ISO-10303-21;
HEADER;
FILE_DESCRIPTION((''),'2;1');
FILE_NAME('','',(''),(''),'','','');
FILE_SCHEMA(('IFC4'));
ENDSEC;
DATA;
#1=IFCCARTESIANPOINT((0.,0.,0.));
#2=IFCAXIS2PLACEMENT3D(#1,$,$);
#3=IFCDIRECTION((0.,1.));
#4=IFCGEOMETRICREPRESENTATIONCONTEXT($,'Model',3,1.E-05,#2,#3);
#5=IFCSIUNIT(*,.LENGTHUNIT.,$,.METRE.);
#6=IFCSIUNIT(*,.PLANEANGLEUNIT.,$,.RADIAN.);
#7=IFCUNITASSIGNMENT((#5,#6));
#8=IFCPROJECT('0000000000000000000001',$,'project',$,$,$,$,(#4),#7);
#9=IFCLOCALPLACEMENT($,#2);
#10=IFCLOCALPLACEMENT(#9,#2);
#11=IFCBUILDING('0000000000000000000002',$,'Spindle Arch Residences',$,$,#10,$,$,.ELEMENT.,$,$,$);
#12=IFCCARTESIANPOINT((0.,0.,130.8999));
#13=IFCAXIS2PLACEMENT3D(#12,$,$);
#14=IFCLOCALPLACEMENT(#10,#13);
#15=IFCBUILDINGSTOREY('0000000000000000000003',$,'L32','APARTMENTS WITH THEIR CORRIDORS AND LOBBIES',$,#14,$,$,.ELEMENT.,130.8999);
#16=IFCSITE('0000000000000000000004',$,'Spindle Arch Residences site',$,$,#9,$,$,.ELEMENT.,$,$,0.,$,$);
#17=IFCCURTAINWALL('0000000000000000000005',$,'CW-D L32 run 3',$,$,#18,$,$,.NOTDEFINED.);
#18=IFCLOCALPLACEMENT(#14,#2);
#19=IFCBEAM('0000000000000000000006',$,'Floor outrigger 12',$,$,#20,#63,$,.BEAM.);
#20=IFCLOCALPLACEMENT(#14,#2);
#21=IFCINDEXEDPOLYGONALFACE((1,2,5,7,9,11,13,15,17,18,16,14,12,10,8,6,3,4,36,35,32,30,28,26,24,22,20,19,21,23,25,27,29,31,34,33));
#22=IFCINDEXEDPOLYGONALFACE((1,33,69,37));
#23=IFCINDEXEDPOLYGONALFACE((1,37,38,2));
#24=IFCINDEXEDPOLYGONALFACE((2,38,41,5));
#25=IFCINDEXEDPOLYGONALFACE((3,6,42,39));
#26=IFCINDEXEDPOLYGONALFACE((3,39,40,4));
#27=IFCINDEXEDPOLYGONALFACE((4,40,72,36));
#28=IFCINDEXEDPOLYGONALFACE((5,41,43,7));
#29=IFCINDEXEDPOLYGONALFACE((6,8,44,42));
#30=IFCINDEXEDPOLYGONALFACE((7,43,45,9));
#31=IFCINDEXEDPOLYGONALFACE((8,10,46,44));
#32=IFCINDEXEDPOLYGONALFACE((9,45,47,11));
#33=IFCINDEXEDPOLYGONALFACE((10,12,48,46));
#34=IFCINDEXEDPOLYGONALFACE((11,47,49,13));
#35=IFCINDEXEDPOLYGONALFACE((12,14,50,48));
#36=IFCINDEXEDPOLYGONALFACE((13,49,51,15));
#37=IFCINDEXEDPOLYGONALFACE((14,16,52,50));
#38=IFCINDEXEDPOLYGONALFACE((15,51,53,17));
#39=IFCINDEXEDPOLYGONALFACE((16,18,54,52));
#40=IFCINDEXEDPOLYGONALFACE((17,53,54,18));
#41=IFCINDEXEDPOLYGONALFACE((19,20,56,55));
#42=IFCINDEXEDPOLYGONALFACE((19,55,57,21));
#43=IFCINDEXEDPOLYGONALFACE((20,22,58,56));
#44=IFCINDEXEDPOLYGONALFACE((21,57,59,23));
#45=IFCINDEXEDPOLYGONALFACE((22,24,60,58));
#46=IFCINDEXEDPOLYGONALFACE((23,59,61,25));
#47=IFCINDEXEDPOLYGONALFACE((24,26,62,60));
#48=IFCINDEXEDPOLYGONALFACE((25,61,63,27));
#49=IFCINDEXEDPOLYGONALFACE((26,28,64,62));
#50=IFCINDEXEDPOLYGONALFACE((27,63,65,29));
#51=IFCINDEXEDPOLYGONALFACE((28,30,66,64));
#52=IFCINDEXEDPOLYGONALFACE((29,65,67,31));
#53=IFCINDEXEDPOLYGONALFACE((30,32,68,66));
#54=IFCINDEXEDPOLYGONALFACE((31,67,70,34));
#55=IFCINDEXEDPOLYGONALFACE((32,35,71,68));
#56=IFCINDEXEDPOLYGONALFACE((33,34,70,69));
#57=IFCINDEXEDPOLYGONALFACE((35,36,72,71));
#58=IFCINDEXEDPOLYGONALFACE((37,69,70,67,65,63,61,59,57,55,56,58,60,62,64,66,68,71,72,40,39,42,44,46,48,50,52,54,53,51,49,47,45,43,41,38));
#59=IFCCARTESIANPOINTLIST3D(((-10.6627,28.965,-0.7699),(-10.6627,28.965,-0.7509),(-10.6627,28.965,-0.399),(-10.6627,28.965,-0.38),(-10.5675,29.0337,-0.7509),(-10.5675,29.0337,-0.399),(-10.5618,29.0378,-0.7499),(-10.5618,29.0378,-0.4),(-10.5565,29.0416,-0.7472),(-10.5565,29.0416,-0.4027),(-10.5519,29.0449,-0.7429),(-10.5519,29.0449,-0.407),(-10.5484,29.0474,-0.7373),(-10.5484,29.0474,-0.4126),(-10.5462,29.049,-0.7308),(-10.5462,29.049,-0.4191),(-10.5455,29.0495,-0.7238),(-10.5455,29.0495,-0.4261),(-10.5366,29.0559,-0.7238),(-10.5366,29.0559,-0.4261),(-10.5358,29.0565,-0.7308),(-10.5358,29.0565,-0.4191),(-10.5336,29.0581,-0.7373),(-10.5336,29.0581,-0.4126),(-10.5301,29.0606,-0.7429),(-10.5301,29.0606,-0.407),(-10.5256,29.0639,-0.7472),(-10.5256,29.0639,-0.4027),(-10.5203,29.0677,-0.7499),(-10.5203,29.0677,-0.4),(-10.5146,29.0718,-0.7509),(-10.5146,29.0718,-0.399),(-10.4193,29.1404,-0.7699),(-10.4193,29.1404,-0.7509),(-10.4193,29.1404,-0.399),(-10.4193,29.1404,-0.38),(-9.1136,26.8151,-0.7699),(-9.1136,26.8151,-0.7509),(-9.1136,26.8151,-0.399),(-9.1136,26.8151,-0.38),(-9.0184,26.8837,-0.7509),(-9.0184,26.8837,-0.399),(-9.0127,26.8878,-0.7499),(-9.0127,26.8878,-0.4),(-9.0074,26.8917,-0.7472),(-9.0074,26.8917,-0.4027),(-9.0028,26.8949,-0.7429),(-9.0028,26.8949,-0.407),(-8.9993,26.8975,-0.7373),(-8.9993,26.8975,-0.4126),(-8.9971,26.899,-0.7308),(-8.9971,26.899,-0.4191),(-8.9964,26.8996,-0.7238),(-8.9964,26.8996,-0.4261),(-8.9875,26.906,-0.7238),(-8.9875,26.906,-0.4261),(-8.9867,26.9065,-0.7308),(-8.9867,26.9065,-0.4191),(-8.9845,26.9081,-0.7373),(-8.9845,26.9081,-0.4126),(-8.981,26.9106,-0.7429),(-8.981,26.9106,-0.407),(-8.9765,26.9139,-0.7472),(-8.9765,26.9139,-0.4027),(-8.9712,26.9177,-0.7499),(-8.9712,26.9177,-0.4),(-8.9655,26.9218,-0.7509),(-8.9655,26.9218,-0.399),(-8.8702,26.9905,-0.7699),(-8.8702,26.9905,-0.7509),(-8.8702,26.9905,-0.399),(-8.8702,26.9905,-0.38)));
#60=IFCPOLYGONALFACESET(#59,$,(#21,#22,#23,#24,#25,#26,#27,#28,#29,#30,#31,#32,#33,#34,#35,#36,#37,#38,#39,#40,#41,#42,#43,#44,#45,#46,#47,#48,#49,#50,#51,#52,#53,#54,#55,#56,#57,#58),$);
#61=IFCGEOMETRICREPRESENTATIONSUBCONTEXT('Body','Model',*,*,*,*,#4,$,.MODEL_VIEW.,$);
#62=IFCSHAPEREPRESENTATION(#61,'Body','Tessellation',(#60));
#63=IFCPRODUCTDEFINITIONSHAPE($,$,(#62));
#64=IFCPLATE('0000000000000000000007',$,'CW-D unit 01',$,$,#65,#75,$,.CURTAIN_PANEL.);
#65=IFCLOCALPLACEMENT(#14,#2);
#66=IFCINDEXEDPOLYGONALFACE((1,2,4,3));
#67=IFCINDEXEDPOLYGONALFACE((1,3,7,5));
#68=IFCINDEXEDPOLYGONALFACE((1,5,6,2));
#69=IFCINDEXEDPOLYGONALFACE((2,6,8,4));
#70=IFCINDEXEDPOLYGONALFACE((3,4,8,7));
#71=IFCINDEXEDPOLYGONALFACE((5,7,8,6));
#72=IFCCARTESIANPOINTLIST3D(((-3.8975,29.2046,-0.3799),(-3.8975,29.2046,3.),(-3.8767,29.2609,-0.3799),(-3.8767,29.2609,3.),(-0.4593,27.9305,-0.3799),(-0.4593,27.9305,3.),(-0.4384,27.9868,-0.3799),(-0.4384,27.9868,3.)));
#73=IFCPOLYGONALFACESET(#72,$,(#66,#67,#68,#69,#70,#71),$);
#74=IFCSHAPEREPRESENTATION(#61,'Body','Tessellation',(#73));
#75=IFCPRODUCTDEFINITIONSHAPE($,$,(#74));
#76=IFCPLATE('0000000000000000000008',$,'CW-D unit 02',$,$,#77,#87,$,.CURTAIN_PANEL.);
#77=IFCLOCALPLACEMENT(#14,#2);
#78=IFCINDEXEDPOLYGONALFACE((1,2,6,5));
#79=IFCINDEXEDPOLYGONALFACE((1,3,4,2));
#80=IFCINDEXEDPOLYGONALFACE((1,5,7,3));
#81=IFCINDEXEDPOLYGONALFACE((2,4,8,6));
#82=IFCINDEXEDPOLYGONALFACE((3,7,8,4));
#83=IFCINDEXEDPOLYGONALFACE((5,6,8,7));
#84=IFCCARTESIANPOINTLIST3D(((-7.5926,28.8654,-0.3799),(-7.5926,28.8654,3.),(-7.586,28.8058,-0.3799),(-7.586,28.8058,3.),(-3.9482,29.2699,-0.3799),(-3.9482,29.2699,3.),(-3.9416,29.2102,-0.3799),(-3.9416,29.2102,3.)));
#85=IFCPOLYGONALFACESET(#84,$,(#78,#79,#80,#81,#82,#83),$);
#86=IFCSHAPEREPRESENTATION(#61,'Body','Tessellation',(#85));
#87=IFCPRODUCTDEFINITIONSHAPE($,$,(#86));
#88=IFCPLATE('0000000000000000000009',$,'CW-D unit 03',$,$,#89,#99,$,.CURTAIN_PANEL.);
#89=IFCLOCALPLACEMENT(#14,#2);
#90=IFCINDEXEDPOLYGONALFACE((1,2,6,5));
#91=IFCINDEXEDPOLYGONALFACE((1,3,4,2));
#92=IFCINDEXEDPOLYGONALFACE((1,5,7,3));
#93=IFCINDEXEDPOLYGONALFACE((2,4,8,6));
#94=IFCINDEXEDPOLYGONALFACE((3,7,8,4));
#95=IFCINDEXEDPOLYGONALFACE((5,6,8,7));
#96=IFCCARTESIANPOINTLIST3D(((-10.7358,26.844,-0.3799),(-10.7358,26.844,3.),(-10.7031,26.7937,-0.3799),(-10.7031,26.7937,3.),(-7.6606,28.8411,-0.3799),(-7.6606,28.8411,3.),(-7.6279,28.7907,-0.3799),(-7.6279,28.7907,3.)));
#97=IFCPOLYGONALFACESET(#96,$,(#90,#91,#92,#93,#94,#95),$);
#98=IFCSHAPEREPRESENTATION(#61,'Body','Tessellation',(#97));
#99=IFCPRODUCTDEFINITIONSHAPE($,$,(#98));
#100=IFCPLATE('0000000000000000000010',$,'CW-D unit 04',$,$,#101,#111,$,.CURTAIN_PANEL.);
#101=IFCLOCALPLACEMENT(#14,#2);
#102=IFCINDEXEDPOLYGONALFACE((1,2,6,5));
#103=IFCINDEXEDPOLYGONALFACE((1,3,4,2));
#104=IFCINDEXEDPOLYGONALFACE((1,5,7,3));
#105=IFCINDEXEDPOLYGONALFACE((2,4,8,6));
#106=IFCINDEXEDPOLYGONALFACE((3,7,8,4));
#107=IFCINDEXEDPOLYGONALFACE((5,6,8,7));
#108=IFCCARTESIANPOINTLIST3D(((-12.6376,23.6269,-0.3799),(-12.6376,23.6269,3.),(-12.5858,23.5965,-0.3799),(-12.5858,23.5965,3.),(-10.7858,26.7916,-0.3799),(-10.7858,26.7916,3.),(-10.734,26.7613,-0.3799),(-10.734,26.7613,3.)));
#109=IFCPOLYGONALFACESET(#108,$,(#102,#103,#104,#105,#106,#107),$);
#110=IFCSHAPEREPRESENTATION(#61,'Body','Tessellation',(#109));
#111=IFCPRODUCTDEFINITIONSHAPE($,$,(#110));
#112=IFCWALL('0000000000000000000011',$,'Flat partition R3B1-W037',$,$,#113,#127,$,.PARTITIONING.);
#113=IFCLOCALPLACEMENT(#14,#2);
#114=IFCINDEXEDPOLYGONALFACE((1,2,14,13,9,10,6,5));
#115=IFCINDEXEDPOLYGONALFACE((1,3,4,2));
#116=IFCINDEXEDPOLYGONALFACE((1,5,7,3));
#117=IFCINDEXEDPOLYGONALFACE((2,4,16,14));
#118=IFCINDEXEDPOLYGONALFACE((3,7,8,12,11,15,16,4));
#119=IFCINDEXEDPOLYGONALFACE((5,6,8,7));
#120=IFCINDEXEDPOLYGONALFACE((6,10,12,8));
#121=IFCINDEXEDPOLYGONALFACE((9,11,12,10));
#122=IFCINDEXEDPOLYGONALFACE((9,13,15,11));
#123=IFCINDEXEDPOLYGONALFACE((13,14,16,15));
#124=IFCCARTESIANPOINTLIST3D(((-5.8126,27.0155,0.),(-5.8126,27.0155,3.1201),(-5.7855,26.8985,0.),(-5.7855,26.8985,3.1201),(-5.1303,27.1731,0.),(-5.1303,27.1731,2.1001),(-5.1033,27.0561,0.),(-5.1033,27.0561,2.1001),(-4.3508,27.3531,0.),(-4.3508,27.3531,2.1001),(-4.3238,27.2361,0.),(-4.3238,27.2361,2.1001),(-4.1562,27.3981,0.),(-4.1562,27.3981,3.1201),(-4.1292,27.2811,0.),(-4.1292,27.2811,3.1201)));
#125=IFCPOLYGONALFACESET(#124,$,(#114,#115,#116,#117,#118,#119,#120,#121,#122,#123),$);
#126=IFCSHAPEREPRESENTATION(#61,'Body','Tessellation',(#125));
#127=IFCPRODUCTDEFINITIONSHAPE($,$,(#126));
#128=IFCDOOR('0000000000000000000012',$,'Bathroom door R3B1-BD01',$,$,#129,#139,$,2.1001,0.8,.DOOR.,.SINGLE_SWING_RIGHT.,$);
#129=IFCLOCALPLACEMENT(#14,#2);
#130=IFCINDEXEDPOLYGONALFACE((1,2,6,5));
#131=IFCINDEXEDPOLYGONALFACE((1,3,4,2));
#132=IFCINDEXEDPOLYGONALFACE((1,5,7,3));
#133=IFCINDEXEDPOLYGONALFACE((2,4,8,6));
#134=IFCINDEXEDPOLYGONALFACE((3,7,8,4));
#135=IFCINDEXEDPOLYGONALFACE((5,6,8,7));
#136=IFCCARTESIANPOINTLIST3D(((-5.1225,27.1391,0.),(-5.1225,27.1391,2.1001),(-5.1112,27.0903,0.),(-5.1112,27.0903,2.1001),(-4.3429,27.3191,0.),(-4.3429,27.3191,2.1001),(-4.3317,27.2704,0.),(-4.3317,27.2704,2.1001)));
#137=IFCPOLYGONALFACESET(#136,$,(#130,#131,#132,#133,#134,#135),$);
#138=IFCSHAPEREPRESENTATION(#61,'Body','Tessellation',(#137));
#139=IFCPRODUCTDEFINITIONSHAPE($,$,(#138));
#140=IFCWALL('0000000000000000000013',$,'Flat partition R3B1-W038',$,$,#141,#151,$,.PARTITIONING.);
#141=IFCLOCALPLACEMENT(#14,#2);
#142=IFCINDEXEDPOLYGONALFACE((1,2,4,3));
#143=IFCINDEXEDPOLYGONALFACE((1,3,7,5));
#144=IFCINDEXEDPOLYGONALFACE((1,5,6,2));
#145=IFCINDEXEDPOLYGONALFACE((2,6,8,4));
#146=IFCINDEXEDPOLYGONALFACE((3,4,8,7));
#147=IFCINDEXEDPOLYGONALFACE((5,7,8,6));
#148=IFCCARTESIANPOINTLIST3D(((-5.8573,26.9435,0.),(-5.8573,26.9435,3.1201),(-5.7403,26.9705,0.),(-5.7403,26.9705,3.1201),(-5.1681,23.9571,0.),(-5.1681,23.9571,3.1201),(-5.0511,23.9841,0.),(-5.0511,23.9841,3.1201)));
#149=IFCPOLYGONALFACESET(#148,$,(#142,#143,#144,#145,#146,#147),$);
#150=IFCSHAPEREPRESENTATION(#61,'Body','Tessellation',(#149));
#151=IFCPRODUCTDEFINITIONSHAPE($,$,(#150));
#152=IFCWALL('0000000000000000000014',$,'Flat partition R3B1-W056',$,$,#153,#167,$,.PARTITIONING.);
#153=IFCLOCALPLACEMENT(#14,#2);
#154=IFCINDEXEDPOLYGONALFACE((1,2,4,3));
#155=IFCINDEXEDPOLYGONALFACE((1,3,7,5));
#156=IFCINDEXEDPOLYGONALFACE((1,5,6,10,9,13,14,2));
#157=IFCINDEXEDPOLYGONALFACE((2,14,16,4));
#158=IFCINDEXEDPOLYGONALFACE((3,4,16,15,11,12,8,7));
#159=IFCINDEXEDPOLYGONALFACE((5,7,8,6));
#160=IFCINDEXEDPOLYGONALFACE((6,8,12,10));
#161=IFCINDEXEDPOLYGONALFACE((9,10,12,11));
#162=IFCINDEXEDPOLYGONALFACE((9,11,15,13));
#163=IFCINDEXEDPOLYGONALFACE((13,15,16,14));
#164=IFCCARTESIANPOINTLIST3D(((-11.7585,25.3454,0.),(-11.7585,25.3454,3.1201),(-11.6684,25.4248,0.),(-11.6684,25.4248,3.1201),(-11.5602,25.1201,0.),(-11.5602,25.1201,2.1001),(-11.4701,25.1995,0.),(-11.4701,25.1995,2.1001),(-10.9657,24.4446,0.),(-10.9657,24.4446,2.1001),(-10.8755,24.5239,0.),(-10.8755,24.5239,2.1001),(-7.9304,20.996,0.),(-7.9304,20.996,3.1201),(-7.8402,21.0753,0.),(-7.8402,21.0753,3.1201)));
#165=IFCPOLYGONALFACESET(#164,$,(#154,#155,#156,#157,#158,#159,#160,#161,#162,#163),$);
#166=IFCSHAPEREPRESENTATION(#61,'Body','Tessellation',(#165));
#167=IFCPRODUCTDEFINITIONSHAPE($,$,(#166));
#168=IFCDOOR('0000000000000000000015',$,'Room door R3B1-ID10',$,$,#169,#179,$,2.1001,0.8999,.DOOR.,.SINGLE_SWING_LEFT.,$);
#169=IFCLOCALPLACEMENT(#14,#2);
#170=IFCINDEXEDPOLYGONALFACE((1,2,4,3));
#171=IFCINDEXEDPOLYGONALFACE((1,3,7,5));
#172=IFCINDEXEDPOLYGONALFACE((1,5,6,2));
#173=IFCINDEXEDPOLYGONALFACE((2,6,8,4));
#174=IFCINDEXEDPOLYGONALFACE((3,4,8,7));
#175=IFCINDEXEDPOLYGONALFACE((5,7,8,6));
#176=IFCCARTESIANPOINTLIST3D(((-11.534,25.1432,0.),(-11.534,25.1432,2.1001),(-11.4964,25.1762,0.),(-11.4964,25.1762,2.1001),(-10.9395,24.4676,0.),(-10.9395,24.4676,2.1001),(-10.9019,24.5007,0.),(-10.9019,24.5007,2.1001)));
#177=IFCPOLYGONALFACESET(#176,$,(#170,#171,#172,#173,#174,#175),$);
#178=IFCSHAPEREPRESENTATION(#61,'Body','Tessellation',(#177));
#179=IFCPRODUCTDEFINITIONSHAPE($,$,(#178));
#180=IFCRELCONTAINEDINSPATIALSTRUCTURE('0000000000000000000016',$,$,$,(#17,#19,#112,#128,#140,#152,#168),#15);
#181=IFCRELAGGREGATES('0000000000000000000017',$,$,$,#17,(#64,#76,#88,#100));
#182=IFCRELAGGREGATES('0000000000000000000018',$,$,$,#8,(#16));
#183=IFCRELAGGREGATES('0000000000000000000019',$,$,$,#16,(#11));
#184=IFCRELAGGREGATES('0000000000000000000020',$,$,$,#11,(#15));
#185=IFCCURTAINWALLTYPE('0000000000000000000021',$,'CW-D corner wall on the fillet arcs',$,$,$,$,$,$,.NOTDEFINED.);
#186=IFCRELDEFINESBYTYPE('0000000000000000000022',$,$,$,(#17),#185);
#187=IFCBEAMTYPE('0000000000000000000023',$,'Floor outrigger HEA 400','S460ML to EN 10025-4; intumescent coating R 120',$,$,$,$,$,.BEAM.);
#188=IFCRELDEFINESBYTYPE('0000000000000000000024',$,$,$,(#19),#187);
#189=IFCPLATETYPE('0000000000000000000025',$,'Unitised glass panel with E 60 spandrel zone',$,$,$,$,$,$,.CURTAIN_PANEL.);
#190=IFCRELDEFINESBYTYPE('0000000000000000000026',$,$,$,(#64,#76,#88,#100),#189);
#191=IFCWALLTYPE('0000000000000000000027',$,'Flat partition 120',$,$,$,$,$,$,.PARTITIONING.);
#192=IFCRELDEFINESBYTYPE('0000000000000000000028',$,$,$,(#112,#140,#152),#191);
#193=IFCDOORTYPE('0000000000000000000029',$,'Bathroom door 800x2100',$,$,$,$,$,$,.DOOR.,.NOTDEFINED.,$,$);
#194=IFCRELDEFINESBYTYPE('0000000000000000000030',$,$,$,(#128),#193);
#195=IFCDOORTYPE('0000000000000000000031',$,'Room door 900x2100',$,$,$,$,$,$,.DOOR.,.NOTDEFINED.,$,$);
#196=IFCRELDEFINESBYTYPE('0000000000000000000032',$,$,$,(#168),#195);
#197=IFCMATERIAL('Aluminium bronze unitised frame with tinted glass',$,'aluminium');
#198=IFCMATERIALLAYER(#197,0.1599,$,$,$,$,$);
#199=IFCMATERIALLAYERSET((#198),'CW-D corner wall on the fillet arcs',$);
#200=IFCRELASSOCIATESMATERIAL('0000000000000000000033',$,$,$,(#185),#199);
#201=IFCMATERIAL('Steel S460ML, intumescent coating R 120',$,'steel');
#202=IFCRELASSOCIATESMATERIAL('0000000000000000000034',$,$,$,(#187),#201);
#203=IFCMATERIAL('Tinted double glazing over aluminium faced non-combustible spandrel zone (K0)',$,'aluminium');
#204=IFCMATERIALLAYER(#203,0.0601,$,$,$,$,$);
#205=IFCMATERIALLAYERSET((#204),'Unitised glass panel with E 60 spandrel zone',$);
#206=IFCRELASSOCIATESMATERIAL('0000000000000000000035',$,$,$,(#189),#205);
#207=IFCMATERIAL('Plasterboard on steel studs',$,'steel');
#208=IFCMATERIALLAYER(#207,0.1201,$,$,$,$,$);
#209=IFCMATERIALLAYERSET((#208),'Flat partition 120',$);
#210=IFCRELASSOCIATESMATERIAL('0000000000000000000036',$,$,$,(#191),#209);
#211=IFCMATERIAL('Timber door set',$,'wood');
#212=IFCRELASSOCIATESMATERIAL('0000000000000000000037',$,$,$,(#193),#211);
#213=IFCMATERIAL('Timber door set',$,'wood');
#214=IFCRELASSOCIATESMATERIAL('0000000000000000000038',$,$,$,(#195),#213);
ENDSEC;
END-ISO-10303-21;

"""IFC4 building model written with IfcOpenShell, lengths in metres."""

from ifc_helpers import new_model, si_unit, direction, frame, frame_2d, origin, origin_2d, place, context, subcontext, project, spatial, rectangle, i_section, extrude, material, layer, layer_set, material_profile, profile_set, type_object, element, fill, aggregate, save


model = new_model("IFC4")

# Units and contexts
model_context = context("Model", 3, precision=1e-05, world=origin(), true_north=direction((0.0, 1.0)))
body_context = subcontext(model_context, "Body", "Model", "MODEL_VIEW")
ifc_project = project(units=[si_unit("LENGTHUNIT", "METRE"), si_unit("PLANEANGLEUNIT", "RADIAN")], contexts=[model_context])

# Site, building, storey
site_placement = place(None, origin())
site = spatial("IfcSite", under=ifc_project, at=site_placement, Name="Spindle Arch Residences site", CompositionType="ELEMENT", RefElevation=0.0)
building_placement = place(site_placement, origin())
building = spatial("IfcBuilding", under=site, at=building_placement, Name="Spindle Arch Residences", CompositionType="ELEMENT")
storey_placement = place(building_placement, frame((0.0, 0.0, 130.8999)))
storey = spatial("IfcBuildingStorey", under=building, at=storey_placement, Name="L32", Description="APARTMENTS WITH THEIR CORRIDORS AND LOBBIES", CompositionType="ELEMENT", Elevation=130.8999)

# Curtain wall
ifc_material_1 = material(Name="Aluminium bronze unitised frame with tinted glass", Category="aluminium")
ifc_layer_1 = layer(ifc_material_1, 0.1599)
ifc_layer_set_1 = layer_set([ifc_layer_1], Name="CW-D corner wall on the fillet arcs")
curtain_wall_type = type_object("IfcCurtainWallType", Name="CW-D corner wall on the fillet arcs", PredefinedType="NOTDEFINED", material=ifc_layer_set_1)
curtain_wall_placement = place(storey_placement, origin())
curtain_wall = element("IfcCurtainWall", 1, at=curtain_wall_placement, inside=storey, type_object=curtain_wall_type, Name="CW-D L32 run 3", PredefinedType="NOTDEFINED")

# Beam
ifc_material_2 = material(Name="Steel S460ML, intumescent coating R 120", Category="steel")
ifc_material_profile_1 = material_profile(ifc_material_2, i_section(OverallWidth=0.3, OverallDepth=0.3899, WebThickness=0.011, FlangeThickness=0.019, FilletRadius=0.0271, at=origin_2d()), Name="HEA 400")
ifc_profile_set_1 = profile_set([ifc_material_profile_1], Name="Steel S460ML, intumescent coating R 120")
beam_type_1 = type_object("IfcBeamType", Name="Floor outrigger HEA 400", Description="S460ML to EN 10025-4; intumescent coating R 120", PredefinedType="BEAM", material=ifc_profile_set_1)
for number, where, z_axis, x_axis, name in (
    (2, (-10.541, 29.0527, -0.575), (0.584589, -0.81133, 0.0), (0.81133, 0.584589, 0.0), "Floor outrigger 12"),
):
    element("IfcBeam", number, at=place(storey_placement, frame(where, z_axis=z_axis, x_axis=x_axis)), inside=storey, type_object=beam_type_1, Name=name, PredefinedType="BEAM", context=body_context, shape_type="SweptSolid", body=[
        extrude(i_section(OverallWidth=0.3, OverallDepth=0.3899, WebThickness=0.011, FlangeThickness=0.019, FilletRadius=0.0271, at=origin_2d()), origin(), (0.0, 0.0, 1.0), 2.6499),
    ])

# Plates
ifc_material_3 = material(Name="Tinted double glazing over aluminium faced non-combustible spandrel zone (K0)", Category="aluminium")
ifc_layer_2 = layer(ifc_material_3, 0.0601)
ifc_layer_set_2 = layer_set([ifc_layer_2], Name="Unitised glass panel with E 60 spandrel zone")
plate_type = type_object("IfcPlateType", Name="Unitised glass panel with E 60 spandrel zone", PredefinedType="CURTAIN_PANEL", material=ifc_layer_set_2)
plate_1_placement = place(storey_placement, frame((-2.168, 28.5957, -0.3799), z_axis=(0.0, 0.0, 1.0), x_axis=(-0.937687, 0.347481, 0.0)))
plate_1 = element("IfcPlate", 3, at=plate_1_placement, type_object=plate_type, Name="CW-D unit 01", PredefinedType="CURTAIN_PANEL", context=body_context, shape_type="SweptSolid", body=[
    extrude(rectangle(XDim=3.6667, YDim=0.0601, at=origin_2d()), origin(), (0.0, 0.0, 1.0), 3.3799),
])
plate_2_placement = place(storey_placement, frame((-5.7671, 29.0378, -0.3799), z_axis=(0.0, 0.0, 1.0), x_axis=(-0.993897, -0.110313, 0.0)))
plate_2 = element("IfcPlate", 4, at=plate_2_placement, type_object=plate_type, Name="CW-D unit 02", PredefinedType="CURTAIN_PANEL", context=body_context, shape_type="SweptSolid", body=[
    extrude(rectangle(XDim=3.6667, YDim=0.0601, at=origin_2d()), origin(), (0.0, 0.0, 1.0), 3.3799),
])
plate_3_placement = place(storey_placement, frame((-9.1819, 27.8174, -0.3799), z_axis=(0.0, 0.0, 1.0), x_axis=(-0.838671, -0.544639, 0.0)))
plate_3 = element("IfcPlate", 5, at=plate_3_placement, type_object=plate_type, Name="CW-D unit 03", PredefinedType="CURTAIN_PANEL", context=body_context, shape_type="SweptSolid", body=[
    extrude(rectangle(XDim=3.6667, YDim=0.0601, at=origin_2d()), origin(), (0.0, 0.0, 1.0), 3.3799),
])
plate_4_placement = place(storey_placement, frame((-11.6858, 25.1941, -0.3799), z_axis=(0.0, 0.0, 1.0), x_axis=(-0.50503, -0.863102, 0.0)))
plate_4 = element("IfcPlate", 6, at=plate_4_placement, type_object=plate_type, Name="CW-D unit 04", PredefinedType="CURTAIN_PANEL", context=body_context, shape_type="SweptSolid", body=[
    extrude(rectangle(XDim=3.6667, YDim=0.0601, at=origin_2d()), origin(), (0.0, 0.0, 1.0), 3.3799),
])
aggregate(curtain_wall, [plate_1, plate_2, plate_3, plate_4])

# Wall, opening, door
ifc_material_4 = material(Name="Plasterboard on steel studs", Category="steel")
ifc_layer_3 = layer(ifc_material_4, 0.1201)
ifc_layer_set_3 = layer_set([ifc_layer_3], Name="Flat partition 120")
wall_type_1 = type_object("IfcWallType", Name="Flat partition 120", PredefinedType="PARTITIONING", material=ifc_layer_set_3)
wall_1_placement = place(storey_placement, frame((-4.1426, 27.3396, 0.0), z_axis=(0.0, 0.0, 1.0), x_axis=(-0.974345, -0.225059, 0.0)))
wall_1 = element("IfcWall", 7, at=wall_1_placement, inside=storey, type_object=wall_type_1, Name="Flat partition R3B1-W037", PredefinedType="PARTITIONING", context=body_context, shape_type="SweptSolid", body=[
    extrude(rectangle(XDim=1.7, YDim=0.1201, at=frame_2d((0.8501, 0.0))), origin(), (0.0, 0.0, 1.0), 3.1201),
])
opening_1_placement = place(wall_1_placement, frame((0.2, 0.0, 0.0)))
opening_1 = element("IfcOpeningElement", 8, at=opening_1_placement, cuts=wall_1, PredefinedType="OPENING", context=body_context, shape_type="SweptSolid", body=[
    extrude(rectangle(XDim=0.8, YDim=2.1001, at=frame_2d((0.3999, 1.05))), frame((0.0, 0.0701, 0.0), z_axis=(0.0, -1.0, 0.0), x_axis=(1.0, 0.0, 0.0)), (0.0, 0.0, 1.0), 0.1401),
])
ifc_material_5 = material(Name="Timber door set", Category="wood")
door_type_1 = type_object("IfcDoorType", Name="Bathroom door 800x2100", OperationType="NOTDEFINED", PredefinedType="DOOR", material=ifc_material_5)
door_1_placement = place(opening_1_placement, origin())
door_1 = element("IfcDoor", 9, at=door_1_placement, inside=storey, type_object=door_type_1, Name="Bathroom door R3B1-BD01", OperationType="SINGLE_SWING_RIGHT", OverallHeight=2.1001, OverallWidth=0.8, PredefinedType="DOOR", context=body_context, shape_type="SweptSolid", body=[
    extrude(rectangle(XDim=0.8, YDim=2.1001, at=frame_2d((0.3999, 1.05))), frame((0.0, 0.0249, 0.0), z_axis=(0.0, -1.0, 0.0), x_axis=(1.0, 0.0, 0.0)), (0.0, 0.0, 1.0), 0.05),
])
fill(opening_1, door_1)

# Wall
wall_2_placement = place(storey_placement, frame((-5.7988, 26.957, 0.0), z_axis=(0.0, 0.0, 1.0), x_axis=(0.224877, -0.974387, 0.0)))
element("IfcWall", 10, at=wall_2_placement, inside=storey, type_object=wall_type_1, Name="Flat partition R3B1-W038", PredefinedType="PARTITIONING", context=body_context, shape_type="SweptSolid", body=[
    extrude(rectangle(XDim=3.0649, YDim=0.1201, at=frame_2d((1.5325, 0.0))), origin(), (0.0, 0.0, 1.0), 3.1201),
])

# Wall, opening, door
wall_3_placement = place(storey_placement, frame((-11.7134, 25.385, 0.0), z_axis=(0.0, 0.0, 1.0), x_axis=(0.660694, -0.750655, 0.0)))
wall_3 = element("IfcWall", 11, at=wall_3_placement, inside=storey, type_object=wall_type_1, Name="Flat partition R3B1-W056", PredefinedType="PARTITIONING", context=body_context, shape_type="SweptSolid", body=[
    extrude(rectangle(XDim=5.7942, YDim=0.1201, at=frame_2d((2.897, 0.0))), origin(), (0.0, 0.0, 1.0), 3.1201),
])
opening_2_placement = place(wall_3_placement, frame((0.3, 0.0, 0.0)))
opening_2 = element("IfcOpeningElement", 12, at=opening_2_placement, cuts=wall_3, PredefinedType="OPENING", context=body_context, shape_type="SweptSolid", body=[
    extrude(rectangle(XDim=0.8999, YDim=2.1001, at=frame_2d((0.45, 1.05))), frame((0.0, 0.0701, 0.0), z_axis=(0.0, -1.0, 0.0), x_axis=(1.0, 0.0, 0.0)), (0.0, 0.0, 1.0), 0.1401),
])
ifc_material_6 = material(Name="Timber door set", Category="wood")
door_type_2 = type_object("IfcDoorType", Name="Room door 900x2100", OperationType="NOTDEFINED", PredefinedType="DOOR", material=ifc_material_6)
door_2_placement = place(opening_2_placement, origin())
door_2 = element("IfcDoor", 13, at=door_2_placement, inside=storey, type_object=door_type_2, Name="Room door R3B1-ID10", OperationType="SINGLE_SWING_LEFT", OverallHeight=2.1001, OverallWidth=0.8999, PredefinedType="DOOR", context=body_context, shape_type="SweptSolid", body=[
    extrude(rectangle(XDim=0.8999, YDim=2.1001, at=frame_2d((0.45, 1.05))), frame((0.0, 0.0249, 0.0), z_axis=(0.0, -1.0, 0.0), x_axis=(1.0, 0.0, 0.0)), (0.0, 0.0, 1.0), 0.05),
])
fill(opening_2, door_2)

save(model, "model.ifc")
